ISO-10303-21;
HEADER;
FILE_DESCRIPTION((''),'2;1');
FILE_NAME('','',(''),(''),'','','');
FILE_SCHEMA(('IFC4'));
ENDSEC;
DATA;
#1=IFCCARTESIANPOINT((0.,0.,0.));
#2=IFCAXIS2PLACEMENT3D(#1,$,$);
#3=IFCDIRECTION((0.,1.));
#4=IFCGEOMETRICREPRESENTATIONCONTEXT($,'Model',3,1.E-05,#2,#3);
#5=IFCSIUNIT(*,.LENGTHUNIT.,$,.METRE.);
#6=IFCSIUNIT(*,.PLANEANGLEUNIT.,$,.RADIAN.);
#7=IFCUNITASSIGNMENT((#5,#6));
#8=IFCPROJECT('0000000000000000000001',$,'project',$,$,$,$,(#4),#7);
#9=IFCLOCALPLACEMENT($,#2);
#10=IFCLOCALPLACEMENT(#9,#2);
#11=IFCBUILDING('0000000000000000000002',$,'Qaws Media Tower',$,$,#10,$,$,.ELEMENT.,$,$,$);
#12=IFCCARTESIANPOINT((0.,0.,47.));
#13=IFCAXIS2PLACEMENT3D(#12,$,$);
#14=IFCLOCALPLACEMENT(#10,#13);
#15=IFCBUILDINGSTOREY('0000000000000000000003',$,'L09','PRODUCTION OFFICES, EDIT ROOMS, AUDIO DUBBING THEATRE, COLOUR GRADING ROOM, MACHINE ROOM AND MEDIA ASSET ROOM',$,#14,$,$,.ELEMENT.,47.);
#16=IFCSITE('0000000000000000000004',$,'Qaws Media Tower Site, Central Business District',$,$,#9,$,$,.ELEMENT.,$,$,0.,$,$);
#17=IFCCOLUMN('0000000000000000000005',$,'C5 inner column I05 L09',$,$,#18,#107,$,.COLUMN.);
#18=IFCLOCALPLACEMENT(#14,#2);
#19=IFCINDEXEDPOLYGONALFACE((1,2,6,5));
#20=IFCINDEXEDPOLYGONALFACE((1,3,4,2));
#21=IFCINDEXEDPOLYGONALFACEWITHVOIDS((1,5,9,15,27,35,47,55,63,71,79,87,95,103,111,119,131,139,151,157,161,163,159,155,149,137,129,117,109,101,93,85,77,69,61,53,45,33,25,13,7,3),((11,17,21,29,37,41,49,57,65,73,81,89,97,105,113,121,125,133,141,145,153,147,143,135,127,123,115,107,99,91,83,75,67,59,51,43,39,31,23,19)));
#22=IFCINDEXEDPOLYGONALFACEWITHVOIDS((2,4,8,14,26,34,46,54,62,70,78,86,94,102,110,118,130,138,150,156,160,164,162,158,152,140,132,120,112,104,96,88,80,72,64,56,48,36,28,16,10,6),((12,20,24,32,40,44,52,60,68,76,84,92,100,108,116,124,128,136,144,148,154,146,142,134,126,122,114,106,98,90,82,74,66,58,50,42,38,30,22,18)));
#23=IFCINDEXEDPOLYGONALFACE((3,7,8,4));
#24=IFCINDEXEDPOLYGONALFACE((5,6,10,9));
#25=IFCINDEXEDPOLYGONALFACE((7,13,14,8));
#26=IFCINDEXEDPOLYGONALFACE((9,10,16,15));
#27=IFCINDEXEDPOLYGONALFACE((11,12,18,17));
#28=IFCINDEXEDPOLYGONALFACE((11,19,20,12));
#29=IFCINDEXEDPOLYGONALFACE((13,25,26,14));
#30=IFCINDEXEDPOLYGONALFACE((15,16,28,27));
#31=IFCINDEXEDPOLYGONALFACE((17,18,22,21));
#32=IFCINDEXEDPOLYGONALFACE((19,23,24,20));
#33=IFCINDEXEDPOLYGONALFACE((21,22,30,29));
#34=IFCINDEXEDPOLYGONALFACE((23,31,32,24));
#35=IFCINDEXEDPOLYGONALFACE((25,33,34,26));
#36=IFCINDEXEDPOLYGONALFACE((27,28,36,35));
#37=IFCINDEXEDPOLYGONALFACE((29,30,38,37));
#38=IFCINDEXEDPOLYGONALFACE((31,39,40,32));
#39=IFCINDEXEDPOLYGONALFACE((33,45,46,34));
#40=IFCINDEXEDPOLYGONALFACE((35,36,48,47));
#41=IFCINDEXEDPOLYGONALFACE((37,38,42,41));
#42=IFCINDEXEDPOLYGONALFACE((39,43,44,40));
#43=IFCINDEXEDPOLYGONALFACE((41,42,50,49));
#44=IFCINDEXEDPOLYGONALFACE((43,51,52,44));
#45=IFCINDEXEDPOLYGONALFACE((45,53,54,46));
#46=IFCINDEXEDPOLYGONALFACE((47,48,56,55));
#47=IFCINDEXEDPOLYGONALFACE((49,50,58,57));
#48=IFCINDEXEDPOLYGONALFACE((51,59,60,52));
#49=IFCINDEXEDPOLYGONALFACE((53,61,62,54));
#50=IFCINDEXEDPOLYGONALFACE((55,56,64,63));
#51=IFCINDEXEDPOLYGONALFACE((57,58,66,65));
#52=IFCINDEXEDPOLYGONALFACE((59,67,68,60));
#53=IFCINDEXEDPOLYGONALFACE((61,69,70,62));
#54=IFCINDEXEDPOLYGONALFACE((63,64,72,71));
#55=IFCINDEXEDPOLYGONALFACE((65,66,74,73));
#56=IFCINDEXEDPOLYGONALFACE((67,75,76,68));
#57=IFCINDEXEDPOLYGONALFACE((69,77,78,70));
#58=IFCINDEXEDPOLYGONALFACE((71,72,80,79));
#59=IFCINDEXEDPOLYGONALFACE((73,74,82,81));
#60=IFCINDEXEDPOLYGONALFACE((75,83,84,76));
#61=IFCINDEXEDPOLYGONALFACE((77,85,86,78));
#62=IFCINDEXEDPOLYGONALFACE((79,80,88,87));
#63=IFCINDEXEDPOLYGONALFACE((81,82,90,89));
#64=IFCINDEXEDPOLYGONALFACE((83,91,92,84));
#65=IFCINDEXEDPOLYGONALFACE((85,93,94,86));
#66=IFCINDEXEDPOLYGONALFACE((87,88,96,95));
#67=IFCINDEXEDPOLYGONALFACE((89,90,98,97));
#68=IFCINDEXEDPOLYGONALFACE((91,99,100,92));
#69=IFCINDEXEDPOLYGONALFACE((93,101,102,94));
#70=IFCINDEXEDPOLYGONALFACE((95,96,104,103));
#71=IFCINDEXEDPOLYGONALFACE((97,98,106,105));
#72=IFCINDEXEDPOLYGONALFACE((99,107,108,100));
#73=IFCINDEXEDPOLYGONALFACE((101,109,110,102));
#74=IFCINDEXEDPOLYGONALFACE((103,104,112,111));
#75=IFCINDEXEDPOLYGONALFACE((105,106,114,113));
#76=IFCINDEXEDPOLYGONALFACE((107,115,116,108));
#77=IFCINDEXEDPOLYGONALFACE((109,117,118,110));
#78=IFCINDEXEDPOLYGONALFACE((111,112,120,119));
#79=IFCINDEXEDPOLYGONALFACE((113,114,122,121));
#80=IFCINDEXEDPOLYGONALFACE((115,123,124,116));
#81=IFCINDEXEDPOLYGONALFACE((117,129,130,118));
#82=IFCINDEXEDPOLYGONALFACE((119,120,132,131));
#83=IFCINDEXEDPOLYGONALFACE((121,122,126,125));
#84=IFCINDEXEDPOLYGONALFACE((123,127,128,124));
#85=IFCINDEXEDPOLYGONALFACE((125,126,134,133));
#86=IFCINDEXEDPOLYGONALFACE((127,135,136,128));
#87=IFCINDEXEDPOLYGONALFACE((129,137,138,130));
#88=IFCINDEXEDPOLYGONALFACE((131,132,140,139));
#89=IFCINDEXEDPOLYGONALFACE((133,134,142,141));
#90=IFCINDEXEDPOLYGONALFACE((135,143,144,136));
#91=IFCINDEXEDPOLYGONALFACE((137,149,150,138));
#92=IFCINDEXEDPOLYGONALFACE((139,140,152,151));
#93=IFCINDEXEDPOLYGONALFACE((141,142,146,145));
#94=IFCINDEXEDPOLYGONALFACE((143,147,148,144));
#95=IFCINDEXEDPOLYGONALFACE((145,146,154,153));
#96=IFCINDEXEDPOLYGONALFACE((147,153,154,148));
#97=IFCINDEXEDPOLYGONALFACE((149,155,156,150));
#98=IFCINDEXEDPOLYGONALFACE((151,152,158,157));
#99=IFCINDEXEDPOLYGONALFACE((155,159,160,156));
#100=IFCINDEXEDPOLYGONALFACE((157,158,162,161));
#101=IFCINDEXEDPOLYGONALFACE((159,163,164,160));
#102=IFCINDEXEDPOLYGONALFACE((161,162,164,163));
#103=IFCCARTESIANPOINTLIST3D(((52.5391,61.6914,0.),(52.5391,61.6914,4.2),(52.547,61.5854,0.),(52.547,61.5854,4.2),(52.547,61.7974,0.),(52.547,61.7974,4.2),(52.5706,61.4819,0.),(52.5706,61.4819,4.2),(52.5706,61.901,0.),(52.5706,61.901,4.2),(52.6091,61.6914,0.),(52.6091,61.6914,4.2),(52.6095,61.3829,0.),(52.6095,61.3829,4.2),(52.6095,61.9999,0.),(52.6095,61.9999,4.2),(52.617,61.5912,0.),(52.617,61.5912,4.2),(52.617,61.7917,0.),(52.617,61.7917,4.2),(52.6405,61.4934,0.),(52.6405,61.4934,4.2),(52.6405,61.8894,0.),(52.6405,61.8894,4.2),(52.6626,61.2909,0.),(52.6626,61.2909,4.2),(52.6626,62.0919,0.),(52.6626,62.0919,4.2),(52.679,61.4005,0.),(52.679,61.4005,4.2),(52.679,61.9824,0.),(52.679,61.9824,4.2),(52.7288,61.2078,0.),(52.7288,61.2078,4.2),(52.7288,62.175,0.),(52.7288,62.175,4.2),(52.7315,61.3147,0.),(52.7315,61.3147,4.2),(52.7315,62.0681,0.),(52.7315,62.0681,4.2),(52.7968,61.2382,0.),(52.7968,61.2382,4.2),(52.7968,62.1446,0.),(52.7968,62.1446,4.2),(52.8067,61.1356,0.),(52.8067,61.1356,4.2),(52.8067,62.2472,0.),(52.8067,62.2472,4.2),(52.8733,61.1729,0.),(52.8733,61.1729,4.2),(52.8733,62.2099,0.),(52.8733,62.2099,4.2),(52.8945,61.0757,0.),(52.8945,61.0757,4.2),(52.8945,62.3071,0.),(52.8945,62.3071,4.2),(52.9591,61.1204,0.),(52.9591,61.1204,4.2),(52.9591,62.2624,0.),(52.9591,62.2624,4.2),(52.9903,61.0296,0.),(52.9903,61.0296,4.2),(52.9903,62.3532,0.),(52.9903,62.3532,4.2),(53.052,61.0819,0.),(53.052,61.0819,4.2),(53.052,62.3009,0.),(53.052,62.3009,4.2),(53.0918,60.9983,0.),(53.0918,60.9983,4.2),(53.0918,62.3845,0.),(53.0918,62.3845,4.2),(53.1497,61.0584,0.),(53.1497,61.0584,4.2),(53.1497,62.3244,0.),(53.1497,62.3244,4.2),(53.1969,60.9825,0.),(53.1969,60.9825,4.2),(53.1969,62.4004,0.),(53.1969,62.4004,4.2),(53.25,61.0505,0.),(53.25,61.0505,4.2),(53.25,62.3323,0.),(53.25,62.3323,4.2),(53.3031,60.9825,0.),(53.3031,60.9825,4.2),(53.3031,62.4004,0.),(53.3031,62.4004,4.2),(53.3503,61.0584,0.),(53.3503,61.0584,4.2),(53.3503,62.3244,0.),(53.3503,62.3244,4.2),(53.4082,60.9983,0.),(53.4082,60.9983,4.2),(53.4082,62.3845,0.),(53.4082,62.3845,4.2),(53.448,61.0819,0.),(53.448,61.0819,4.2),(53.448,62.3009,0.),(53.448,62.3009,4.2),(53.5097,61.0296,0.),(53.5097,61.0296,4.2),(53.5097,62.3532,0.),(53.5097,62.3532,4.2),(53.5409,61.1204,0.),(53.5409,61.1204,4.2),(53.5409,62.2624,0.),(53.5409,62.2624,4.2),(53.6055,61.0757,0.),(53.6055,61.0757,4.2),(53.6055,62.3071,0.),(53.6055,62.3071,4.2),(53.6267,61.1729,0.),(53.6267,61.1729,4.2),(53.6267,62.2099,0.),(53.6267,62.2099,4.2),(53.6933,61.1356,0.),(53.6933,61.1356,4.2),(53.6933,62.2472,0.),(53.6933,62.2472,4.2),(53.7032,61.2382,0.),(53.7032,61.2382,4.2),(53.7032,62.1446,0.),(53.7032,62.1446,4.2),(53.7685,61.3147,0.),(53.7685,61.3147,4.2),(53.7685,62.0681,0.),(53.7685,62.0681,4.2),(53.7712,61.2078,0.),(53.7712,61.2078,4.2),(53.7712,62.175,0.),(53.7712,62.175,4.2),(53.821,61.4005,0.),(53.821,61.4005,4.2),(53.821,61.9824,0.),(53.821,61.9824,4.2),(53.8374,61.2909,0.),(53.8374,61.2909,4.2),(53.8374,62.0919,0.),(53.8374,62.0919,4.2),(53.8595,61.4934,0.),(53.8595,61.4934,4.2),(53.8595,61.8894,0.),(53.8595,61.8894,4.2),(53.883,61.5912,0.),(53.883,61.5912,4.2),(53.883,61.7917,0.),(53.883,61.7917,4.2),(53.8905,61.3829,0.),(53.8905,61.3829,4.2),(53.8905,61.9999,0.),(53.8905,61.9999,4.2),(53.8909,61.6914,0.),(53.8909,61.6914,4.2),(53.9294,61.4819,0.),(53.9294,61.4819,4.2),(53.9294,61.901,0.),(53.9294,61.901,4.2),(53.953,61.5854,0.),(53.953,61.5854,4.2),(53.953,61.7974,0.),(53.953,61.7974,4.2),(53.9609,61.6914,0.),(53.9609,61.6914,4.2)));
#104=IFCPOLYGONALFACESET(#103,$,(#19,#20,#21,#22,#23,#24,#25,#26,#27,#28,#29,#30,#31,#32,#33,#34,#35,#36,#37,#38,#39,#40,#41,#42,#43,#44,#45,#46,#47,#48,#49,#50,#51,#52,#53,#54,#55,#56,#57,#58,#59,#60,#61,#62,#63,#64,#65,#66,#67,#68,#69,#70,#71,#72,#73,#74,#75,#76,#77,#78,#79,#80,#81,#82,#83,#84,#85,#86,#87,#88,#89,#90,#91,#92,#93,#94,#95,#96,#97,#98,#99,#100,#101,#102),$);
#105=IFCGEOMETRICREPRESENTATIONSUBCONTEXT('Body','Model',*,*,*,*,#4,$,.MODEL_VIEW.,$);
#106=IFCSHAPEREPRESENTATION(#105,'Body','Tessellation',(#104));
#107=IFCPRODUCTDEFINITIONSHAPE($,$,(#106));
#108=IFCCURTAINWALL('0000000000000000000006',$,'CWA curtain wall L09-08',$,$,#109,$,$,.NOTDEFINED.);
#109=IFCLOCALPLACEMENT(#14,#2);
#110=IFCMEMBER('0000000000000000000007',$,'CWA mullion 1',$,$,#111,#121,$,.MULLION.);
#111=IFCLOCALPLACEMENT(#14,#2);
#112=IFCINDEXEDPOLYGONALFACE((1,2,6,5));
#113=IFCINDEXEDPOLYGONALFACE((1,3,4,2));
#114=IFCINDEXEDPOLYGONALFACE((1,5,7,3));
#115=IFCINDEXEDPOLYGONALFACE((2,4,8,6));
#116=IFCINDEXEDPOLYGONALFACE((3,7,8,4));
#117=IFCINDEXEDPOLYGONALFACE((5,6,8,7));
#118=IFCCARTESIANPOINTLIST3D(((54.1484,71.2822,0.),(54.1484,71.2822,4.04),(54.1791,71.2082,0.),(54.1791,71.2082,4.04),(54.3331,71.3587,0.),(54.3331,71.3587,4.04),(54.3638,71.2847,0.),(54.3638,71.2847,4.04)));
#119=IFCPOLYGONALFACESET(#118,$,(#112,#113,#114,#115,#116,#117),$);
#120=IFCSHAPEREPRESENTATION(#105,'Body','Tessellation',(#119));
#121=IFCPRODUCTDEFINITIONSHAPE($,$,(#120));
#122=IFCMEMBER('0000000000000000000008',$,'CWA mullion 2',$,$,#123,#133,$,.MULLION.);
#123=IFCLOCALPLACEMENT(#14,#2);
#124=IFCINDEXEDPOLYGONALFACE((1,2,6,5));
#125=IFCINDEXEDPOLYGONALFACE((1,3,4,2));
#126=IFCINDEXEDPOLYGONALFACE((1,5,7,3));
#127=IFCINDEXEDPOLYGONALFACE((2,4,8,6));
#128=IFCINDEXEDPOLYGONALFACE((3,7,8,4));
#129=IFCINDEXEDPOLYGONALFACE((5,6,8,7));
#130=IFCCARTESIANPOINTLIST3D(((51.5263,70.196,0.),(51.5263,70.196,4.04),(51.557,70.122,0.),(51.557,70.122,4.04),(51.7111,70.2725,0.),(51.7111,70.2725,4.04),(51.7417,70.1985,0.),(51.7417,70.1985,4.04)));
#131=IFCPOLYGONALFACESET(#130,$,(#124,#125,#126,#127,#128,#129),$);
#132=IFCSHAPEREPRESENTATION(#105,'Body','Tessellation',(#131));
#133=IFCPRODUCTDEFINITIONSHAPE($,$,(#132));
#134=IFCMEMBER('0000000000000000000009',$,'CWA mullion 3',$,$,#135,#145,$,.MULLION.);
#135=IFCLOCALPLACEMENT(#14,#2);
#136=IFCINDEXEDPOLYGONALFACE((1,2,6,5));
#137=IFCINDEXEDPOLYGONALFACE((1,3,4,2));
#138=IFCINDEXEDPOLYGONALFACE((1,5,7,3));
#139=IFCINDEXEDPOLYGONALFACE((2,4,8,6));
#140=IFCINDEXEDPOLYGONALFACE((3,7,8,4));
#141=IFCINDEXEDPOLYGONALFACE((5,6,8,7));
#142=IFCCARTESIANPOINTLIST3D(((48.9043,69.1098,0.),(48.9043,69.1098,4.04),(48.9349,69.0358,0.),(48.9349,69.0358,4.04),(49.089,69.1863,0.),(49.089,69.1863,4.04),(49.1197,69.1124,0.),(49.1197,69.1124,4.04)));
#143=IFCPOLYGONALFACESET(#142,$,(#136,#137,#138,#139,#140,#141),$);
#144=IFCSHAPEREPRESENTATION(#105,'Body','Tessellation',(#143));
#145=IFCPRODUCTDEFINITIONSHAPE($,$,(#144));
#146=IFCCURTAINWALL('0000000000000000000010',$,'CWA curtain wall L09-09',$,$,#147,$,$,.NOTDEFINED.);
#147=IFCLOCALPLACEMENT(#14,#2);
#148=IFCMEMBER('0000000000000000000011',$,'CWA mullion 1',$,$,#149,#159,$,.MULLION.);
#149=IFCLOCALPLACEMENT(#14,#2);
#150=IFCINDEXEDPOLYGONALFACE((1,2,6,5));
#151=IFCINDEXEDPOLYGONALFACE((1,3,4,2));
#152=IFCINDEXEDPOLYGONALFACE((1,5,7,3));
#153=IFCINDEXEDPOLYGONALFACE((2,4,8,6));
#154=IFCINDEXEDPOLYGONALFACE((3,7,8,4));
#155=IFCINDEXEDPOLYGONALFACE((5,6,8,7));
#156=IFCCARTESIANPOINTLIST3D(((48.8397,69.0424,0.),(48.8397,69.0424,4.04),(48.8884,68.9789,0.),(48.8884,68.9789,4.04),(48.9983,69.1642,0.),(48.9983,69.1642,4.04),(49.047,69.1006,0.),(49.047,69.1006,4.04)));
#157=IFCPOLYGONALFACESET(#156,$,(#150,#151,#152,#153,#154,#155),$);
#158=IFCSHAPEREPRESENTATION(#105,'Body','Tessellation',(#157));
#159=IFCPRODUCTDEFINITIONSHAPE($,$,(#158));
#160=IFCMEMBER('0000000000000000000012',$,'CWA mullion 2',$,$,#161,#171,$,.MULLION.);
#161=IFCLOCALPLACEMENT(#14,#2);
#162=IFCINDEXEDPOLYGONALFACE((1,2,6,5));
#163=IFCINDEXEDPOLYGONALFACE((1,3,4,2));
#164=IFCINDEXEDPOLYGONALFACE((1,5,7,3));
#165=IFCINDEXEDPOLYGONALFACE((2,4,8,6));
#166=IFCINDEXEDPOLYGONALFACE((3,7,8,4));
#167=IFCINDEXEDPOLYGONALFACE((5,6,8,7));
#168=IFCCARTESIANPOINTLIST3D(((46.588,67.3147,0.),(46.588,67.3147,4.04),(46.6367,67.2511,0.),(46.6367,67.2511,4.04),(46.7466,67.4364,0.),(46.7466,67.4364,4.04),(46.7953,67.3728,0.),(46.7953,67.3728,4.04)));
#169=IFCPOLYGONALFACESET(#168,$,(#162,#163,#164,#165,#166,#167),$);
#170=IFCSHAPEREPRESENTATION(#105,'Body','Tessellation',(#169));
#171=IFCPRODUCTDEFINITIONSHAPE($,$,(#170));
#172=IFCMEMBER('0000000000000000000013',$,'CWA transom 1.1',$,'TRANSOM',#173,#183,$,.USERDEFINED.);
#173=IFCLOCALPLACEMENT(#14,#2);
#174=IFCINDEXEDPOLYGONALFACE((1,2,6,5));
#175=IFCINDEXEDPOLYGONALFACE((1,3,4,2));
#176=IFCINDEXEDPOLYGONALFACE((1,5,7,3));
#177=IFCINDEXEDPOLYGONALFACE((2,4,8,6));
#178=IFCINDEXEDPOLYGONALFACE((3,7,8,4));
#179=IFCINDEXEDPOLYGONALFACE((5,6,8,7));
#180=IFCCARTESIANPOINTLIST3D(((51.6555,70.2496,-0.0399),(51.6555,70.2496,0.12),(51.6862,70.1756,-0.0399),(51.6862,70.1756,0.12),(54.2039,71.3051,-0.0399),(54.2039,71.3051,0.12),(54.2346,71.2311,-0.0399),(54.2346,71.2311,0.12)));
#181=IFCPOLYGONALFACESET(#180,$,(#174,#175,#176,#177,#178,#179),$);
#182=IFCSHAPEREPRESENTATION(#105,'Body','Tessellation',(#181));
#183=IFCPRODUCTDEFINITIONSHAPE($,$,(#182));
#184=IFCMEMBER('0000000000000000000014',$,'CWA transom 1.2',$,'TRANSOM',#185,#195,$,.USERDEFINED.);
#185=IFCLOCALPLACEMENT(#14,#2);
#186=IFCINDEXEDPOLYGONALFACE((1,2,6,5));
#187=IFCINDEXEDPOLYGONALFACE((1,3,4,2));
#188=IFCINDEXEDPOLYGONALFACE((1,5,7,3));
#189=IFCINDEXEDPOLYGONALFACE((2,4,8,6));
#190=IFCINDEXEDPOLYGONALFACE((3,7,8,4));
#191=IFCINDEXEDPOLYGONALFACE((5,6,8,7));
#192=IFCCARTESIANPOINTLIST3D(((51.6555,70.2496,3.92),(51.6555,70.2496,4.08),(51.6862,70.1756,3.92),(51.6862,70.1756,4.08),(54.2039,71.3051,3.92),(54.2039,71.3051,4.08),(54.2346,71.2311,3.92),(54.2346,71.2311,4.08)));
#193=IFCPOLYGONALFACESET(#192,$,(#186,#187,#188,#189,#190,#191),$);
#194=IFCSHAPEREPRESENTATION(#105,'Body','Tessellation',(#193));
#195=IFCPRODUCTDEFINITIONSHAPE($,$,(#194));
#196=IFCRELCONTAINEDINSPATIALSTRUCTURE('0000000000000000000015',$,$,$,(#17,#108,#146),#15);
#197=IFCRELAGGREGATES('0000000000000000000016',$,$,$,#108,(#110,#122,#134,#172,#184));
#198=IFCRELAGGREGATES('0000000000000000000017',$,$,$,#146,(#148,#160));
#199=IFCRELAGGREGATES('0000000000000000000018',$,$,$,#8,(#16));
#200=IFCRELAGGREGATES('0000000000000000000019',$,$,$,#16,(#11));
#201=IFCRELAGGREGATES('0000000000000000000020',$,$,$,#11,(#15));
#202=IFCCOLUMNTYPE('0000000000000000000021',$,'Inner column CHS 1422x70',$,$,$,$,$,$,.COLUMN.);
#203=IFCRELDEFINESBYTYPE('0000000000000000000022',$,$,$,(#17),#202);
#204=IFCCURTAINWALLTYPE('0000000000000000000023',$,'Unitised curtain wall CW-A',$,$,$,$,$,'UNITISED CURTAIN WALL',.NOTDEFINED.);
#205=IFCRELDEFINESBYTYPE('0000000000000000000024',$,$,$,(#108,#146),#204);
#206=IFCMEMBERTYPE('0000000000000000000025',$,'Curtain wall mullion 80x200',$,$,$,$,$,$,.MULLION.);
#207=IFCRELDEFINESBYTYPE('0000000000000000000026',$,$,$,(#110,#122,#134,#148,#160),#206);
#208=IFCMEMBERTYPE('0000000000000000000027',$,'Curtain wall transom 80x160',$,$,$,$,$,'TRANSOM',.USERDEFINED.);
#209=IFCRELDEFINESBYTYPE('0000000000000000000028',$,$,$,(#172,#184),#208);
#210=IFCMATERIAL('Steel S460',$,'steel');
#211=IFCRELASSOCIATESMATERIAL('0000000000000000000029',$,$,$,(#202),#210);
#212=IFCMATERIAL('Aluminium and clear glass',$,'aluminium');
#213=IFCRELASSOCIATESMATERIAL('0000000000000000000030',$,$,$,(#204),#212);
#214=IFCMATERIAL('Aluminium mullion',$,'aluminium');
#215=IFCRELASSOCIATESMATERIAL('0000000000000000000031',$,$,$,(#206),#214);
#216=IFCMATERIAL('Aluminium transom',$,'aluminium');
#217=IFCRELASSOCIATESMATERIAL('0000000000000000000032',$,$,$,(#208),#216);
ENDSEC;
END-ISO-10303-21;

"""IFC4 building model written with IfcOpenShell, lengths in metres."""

from ifc_helpers import new_model, si_unit, direction, frame, origin, origin_2d, place, context, subcontext, project, spatial, rectangle, hollow_circle, extrude, material, material_profile, profile_set, type_object, element, aggregate, save


model = new_model("IFC4")

# Units and contexts
model_context = context("Model", 3, precision=1e-05, world=origin(), true_north=direction((0.0, 1.0)))
body_context = subcontext(model_context, "Body", "Model", "MODEL_VIEW")
ifc_project = project(units=[si_unit("LENGTHUNIT", "METRE"), si_unit("PLANEANGLEUNIT", "RADIAN")], contexts=[model_context])

# Site, building, storey
site_placement = place(None, origin())
site = spatial("IfcSite", under=ifc_project, at=site_placement, Name="Qaws Media Tower Site, Central Business District", CompositionType="ELEMENT", RefElevation=0.0)
building_placement = place(site_placement, origin())
building = spatial("IfcBuilding", under=site, at=building_placement, Name="Qaws Media Tower", CompositionType="ELEMENT")
storey_placement = place(building_placement, frame((0.0, 0.0, 47.0)))
storey = spatial("IfcBuildingStorey", under=building, at=storey_placement, Name="L09", Description="PRODUCTION OFFICES, EDIT ROOMS, AUDIO DUBBING THEATRE, COLOUR GRADING ROOM, MACHINE ROOM AND MEDIA ASSET ROOM", CompositionType="ELEMENT", Elevation=47.0)

# Column
ifc_material_1 = material(Name="Steel S460", Category="steel")
ifc_material_profile_1 = material_profile(ifc_material_1, hollow_circle(Radius=0.7109, WallThickness=0.0701, at=origin_2d()), Name="CHS 1422x70")
ifc_profile_set_1 = profile_set([ifc_material_profile_1], Name="Steel S460")
column_type = type_object("IfcColumnType", Name="Inner column CHS 1422x70", PredefinedType="COLUMN", material=ifc_profile_set_1)
column_placement = place(storey_placement, frame((53.25, 61.6914, 0.0), z_axis=(0.0, 0.0, 1.0), x_axis=(1.0, 0.0, 0.0)))
element("IfcColumn", 1, at=column_placement, inside=storey, type_object=column_type, Name="C5 inner column I05 L09", PredefinedType="COLUMN", context=body_context, shape_type="SweptSolid", body=[
    extrude(hollow_circle(Radius=0.7109, WallThickness=0.0701, at=origin_2d()), origin(), (0.0, 0.0, 1.0), 4.2),
])

# Curtain walls, members
ifc_material_2 = material(Name="Aluminium and clear glass", Category="aluminium")
curtain_wall_type = type_object("IfcCurtainWallType", Name="Unitised curtain wall CW-A", ElementType="UNITISED CURTAIN WALL", PredefinedType="NOTDEFINED", material=ifc_material_2)
curtain_wall_1_placement = place(storey_placement, origin())
curtain_wall_1 = element("IfcCurtainWall", 2, at=curtain_wall_1_placement, inside=storey, type_object=curtain_wall_type, Name="CWA curtain wall L09-08", PredefinedType="NOTDEFINED")
ifc_material_3 = material(Name="Aluminium mullion", Category="aluminium")
ifc_material_profile_2 = material_profile(ifc_material_3, rectangle(XDim=0.0801, YDim=0.2, at=origin_2d()), Name="80x200")
ifc_profile_set_2 = profile_set([ifc_material_profile_2], Name="Aluminium mullion")
member_type_1 = type_object("IfcMemberType", Name="Curtain wall mullion 80x200", PredefinedType="MULLION", material=ifc_profile_set_2)
member_1_placement = place(storey_placement, frame((54.2561, 71.2834, 0.0), z_axis=(0.0, 0.0, 1.0), x_axis=(0.382683, -0.92388, 0.0)))
member_1 = element("IfcMember", 3, at=member_1_placement, type_object=member_type_1, Name="CWA mullion 1", PredefinedType="MULLION", context=body_context, shape_type="SweptSolid", body=[
    extrude(rectangle(XDim=0.0801, YDim=0.2, at=origin_2d()), origin(), (0.0, 0.0, 1.0), 4.04),
])
member_2_placement = place(storey_placement, frame((51.634, 70.1973, 0.0), z_axis=(0.0, 0.0, 1.0), x_axis=(0.382683, -0.92388, 0.0)))
member_2 = element("IfcMember", 4, at=member_2_placement, type_object=member_type_1, Name="CWA mullion 2", PredefinedType="MULLION", context=body_context, shape_type="SweptSolid", body=[
    extrude(rectangle(XDim=0.0801, YDim=0.2, at=origin_2d()), origin(), (0.0, 0.0, 1.0), 4.04),
])
member_3_placement = place(storey_placement, frame((49.012, 69.1111, 0.0), z_axis=(0.0, 0.0, 1.0), x_axis=(0.382683, -0.92388, 0.0)))
member_3 = element("IfcMember", 5, at=member_3_placement, type_object=member_type_1, Name="CWA mullion 3", PredefinedType="MULLION", context=body_context, shape_type="SweptSolid", body=[
    extrude(rectangle(XDim=0.0801, YDim=0.2, at=origin_2d()), origin(), (0.0, 0.0, 1.0), 4.04),
])
curtain_wall_2_placement = place(storey_placement, origin())
curtain_wall_2 = element("IfcCurtainWall", 6, at=curtain_wall_2_placement, inside=storey, type_object=curtain_wall_type, Name="CWA curtain wall L09-09", PredefinedType="NOTDEFINED")
member_4_placement = place(storey_placement, frame((48.9434, 69.0715, 0.0), z_axis=(0.0, 0.0, 1.0), x_axis=(0.608761, -0.793353, 0.0)))
member_4 = element("IfcMember", 7, at=member_4_placement, type_object=member_type_1, Name="CWA mullion 1", PredefinedType="MULLION", context=body_context, shape_type="SweptSolid", body=[
    extrude(rectangle(XDim=0.0801, YDim=0.2, at=origin_2d()), origin(), (0.0, 0.0, 1.0), 4.04),
])
member_5_placement = place(storey_placement, frame((46.6917, 67.3438, 0.0), z_axis=(0.0, 0.0, 1.0), x_axis=(0.608761, -0.793353, 0.0)))
member_5 = element("IfcMember", 8, at=member_5_placement, type_object=member_type_1, Name="CWA mullion 2", PredefinedType="MULLION", context=body_context, shape_type="SweptSolid", body=[
    extrude(rectangle(XDim=0.0801, YDim=0.2, at=origin_2d()), origin(), (0.0, 0.0, 1.0), 4.04),
])

# Members
ifc_material_4 = material(Name="Aluminium transom", Category="aluminium")
ifc_material_profile_3 = material_profile(ifc_material_4, rectangle(XDim=0.0801, YDim=0.1599, at=origin_2d()), Name="80x160")
ifc_profile_set_3 = profile_set([ifc_material_profile_3], Name="Aluminium transom")
member_type_2 = type_object("IfcMemberType", Name="Curtain wall transom 80x160", ElementType="TRANSOM", PredefinedType="USERDEFINED", material=ifc_profile_set_3)
member_6_placement = place(storey_placement, frame((54.2192, 71.2681, 0.04), z_axis=(-0.923897, -0.382641, 0.0), x_axis=(0.382641, -0.923897, 0.0)))
member_6 = element("IfcMember", 9, at=member_6_placement, type_object=member_type_2, Name="CWA transom 1.1", ObjectType="TRANSOM", PredefinedType="USERDEFINED", context=body_context, shape_type="SweptSolid", body=[
    extrude(rectangle(XDim=0.0801, YDim=0.1599, at=origin_2d()), origin(), (0.0, 0.0, 1.0), 2.7583),
])
member_7_placement = place(storey_placement, frame((54.2192, 71.2681, 4.0), z_axis=(-0.923897, -0.382641, 0.0), x_axis=(0.382641, -0.923897, 0.0)))
member_7 = element("IfcMember", 10, at=member_7_placement, type_object=member_type_2, Name="CWA transom 1.2", ObjectType="TRANSOM", PredefinedType="USERDEFINED", context=body_context, shape_type="SweptSolid", body=[
    extrude(rectangle(XDim=0.0801, YDim=0.1599, at=origin_2d()), origin(), (0.0, 0.0, 1.0), 2.7583),
])

aggregate(curtain_wall_1, [member_1, member_2, member_3, member_6, member_7])
aggregate(curtain_wall_2, [member_4, member_5])

save(model, "model.ifc")
